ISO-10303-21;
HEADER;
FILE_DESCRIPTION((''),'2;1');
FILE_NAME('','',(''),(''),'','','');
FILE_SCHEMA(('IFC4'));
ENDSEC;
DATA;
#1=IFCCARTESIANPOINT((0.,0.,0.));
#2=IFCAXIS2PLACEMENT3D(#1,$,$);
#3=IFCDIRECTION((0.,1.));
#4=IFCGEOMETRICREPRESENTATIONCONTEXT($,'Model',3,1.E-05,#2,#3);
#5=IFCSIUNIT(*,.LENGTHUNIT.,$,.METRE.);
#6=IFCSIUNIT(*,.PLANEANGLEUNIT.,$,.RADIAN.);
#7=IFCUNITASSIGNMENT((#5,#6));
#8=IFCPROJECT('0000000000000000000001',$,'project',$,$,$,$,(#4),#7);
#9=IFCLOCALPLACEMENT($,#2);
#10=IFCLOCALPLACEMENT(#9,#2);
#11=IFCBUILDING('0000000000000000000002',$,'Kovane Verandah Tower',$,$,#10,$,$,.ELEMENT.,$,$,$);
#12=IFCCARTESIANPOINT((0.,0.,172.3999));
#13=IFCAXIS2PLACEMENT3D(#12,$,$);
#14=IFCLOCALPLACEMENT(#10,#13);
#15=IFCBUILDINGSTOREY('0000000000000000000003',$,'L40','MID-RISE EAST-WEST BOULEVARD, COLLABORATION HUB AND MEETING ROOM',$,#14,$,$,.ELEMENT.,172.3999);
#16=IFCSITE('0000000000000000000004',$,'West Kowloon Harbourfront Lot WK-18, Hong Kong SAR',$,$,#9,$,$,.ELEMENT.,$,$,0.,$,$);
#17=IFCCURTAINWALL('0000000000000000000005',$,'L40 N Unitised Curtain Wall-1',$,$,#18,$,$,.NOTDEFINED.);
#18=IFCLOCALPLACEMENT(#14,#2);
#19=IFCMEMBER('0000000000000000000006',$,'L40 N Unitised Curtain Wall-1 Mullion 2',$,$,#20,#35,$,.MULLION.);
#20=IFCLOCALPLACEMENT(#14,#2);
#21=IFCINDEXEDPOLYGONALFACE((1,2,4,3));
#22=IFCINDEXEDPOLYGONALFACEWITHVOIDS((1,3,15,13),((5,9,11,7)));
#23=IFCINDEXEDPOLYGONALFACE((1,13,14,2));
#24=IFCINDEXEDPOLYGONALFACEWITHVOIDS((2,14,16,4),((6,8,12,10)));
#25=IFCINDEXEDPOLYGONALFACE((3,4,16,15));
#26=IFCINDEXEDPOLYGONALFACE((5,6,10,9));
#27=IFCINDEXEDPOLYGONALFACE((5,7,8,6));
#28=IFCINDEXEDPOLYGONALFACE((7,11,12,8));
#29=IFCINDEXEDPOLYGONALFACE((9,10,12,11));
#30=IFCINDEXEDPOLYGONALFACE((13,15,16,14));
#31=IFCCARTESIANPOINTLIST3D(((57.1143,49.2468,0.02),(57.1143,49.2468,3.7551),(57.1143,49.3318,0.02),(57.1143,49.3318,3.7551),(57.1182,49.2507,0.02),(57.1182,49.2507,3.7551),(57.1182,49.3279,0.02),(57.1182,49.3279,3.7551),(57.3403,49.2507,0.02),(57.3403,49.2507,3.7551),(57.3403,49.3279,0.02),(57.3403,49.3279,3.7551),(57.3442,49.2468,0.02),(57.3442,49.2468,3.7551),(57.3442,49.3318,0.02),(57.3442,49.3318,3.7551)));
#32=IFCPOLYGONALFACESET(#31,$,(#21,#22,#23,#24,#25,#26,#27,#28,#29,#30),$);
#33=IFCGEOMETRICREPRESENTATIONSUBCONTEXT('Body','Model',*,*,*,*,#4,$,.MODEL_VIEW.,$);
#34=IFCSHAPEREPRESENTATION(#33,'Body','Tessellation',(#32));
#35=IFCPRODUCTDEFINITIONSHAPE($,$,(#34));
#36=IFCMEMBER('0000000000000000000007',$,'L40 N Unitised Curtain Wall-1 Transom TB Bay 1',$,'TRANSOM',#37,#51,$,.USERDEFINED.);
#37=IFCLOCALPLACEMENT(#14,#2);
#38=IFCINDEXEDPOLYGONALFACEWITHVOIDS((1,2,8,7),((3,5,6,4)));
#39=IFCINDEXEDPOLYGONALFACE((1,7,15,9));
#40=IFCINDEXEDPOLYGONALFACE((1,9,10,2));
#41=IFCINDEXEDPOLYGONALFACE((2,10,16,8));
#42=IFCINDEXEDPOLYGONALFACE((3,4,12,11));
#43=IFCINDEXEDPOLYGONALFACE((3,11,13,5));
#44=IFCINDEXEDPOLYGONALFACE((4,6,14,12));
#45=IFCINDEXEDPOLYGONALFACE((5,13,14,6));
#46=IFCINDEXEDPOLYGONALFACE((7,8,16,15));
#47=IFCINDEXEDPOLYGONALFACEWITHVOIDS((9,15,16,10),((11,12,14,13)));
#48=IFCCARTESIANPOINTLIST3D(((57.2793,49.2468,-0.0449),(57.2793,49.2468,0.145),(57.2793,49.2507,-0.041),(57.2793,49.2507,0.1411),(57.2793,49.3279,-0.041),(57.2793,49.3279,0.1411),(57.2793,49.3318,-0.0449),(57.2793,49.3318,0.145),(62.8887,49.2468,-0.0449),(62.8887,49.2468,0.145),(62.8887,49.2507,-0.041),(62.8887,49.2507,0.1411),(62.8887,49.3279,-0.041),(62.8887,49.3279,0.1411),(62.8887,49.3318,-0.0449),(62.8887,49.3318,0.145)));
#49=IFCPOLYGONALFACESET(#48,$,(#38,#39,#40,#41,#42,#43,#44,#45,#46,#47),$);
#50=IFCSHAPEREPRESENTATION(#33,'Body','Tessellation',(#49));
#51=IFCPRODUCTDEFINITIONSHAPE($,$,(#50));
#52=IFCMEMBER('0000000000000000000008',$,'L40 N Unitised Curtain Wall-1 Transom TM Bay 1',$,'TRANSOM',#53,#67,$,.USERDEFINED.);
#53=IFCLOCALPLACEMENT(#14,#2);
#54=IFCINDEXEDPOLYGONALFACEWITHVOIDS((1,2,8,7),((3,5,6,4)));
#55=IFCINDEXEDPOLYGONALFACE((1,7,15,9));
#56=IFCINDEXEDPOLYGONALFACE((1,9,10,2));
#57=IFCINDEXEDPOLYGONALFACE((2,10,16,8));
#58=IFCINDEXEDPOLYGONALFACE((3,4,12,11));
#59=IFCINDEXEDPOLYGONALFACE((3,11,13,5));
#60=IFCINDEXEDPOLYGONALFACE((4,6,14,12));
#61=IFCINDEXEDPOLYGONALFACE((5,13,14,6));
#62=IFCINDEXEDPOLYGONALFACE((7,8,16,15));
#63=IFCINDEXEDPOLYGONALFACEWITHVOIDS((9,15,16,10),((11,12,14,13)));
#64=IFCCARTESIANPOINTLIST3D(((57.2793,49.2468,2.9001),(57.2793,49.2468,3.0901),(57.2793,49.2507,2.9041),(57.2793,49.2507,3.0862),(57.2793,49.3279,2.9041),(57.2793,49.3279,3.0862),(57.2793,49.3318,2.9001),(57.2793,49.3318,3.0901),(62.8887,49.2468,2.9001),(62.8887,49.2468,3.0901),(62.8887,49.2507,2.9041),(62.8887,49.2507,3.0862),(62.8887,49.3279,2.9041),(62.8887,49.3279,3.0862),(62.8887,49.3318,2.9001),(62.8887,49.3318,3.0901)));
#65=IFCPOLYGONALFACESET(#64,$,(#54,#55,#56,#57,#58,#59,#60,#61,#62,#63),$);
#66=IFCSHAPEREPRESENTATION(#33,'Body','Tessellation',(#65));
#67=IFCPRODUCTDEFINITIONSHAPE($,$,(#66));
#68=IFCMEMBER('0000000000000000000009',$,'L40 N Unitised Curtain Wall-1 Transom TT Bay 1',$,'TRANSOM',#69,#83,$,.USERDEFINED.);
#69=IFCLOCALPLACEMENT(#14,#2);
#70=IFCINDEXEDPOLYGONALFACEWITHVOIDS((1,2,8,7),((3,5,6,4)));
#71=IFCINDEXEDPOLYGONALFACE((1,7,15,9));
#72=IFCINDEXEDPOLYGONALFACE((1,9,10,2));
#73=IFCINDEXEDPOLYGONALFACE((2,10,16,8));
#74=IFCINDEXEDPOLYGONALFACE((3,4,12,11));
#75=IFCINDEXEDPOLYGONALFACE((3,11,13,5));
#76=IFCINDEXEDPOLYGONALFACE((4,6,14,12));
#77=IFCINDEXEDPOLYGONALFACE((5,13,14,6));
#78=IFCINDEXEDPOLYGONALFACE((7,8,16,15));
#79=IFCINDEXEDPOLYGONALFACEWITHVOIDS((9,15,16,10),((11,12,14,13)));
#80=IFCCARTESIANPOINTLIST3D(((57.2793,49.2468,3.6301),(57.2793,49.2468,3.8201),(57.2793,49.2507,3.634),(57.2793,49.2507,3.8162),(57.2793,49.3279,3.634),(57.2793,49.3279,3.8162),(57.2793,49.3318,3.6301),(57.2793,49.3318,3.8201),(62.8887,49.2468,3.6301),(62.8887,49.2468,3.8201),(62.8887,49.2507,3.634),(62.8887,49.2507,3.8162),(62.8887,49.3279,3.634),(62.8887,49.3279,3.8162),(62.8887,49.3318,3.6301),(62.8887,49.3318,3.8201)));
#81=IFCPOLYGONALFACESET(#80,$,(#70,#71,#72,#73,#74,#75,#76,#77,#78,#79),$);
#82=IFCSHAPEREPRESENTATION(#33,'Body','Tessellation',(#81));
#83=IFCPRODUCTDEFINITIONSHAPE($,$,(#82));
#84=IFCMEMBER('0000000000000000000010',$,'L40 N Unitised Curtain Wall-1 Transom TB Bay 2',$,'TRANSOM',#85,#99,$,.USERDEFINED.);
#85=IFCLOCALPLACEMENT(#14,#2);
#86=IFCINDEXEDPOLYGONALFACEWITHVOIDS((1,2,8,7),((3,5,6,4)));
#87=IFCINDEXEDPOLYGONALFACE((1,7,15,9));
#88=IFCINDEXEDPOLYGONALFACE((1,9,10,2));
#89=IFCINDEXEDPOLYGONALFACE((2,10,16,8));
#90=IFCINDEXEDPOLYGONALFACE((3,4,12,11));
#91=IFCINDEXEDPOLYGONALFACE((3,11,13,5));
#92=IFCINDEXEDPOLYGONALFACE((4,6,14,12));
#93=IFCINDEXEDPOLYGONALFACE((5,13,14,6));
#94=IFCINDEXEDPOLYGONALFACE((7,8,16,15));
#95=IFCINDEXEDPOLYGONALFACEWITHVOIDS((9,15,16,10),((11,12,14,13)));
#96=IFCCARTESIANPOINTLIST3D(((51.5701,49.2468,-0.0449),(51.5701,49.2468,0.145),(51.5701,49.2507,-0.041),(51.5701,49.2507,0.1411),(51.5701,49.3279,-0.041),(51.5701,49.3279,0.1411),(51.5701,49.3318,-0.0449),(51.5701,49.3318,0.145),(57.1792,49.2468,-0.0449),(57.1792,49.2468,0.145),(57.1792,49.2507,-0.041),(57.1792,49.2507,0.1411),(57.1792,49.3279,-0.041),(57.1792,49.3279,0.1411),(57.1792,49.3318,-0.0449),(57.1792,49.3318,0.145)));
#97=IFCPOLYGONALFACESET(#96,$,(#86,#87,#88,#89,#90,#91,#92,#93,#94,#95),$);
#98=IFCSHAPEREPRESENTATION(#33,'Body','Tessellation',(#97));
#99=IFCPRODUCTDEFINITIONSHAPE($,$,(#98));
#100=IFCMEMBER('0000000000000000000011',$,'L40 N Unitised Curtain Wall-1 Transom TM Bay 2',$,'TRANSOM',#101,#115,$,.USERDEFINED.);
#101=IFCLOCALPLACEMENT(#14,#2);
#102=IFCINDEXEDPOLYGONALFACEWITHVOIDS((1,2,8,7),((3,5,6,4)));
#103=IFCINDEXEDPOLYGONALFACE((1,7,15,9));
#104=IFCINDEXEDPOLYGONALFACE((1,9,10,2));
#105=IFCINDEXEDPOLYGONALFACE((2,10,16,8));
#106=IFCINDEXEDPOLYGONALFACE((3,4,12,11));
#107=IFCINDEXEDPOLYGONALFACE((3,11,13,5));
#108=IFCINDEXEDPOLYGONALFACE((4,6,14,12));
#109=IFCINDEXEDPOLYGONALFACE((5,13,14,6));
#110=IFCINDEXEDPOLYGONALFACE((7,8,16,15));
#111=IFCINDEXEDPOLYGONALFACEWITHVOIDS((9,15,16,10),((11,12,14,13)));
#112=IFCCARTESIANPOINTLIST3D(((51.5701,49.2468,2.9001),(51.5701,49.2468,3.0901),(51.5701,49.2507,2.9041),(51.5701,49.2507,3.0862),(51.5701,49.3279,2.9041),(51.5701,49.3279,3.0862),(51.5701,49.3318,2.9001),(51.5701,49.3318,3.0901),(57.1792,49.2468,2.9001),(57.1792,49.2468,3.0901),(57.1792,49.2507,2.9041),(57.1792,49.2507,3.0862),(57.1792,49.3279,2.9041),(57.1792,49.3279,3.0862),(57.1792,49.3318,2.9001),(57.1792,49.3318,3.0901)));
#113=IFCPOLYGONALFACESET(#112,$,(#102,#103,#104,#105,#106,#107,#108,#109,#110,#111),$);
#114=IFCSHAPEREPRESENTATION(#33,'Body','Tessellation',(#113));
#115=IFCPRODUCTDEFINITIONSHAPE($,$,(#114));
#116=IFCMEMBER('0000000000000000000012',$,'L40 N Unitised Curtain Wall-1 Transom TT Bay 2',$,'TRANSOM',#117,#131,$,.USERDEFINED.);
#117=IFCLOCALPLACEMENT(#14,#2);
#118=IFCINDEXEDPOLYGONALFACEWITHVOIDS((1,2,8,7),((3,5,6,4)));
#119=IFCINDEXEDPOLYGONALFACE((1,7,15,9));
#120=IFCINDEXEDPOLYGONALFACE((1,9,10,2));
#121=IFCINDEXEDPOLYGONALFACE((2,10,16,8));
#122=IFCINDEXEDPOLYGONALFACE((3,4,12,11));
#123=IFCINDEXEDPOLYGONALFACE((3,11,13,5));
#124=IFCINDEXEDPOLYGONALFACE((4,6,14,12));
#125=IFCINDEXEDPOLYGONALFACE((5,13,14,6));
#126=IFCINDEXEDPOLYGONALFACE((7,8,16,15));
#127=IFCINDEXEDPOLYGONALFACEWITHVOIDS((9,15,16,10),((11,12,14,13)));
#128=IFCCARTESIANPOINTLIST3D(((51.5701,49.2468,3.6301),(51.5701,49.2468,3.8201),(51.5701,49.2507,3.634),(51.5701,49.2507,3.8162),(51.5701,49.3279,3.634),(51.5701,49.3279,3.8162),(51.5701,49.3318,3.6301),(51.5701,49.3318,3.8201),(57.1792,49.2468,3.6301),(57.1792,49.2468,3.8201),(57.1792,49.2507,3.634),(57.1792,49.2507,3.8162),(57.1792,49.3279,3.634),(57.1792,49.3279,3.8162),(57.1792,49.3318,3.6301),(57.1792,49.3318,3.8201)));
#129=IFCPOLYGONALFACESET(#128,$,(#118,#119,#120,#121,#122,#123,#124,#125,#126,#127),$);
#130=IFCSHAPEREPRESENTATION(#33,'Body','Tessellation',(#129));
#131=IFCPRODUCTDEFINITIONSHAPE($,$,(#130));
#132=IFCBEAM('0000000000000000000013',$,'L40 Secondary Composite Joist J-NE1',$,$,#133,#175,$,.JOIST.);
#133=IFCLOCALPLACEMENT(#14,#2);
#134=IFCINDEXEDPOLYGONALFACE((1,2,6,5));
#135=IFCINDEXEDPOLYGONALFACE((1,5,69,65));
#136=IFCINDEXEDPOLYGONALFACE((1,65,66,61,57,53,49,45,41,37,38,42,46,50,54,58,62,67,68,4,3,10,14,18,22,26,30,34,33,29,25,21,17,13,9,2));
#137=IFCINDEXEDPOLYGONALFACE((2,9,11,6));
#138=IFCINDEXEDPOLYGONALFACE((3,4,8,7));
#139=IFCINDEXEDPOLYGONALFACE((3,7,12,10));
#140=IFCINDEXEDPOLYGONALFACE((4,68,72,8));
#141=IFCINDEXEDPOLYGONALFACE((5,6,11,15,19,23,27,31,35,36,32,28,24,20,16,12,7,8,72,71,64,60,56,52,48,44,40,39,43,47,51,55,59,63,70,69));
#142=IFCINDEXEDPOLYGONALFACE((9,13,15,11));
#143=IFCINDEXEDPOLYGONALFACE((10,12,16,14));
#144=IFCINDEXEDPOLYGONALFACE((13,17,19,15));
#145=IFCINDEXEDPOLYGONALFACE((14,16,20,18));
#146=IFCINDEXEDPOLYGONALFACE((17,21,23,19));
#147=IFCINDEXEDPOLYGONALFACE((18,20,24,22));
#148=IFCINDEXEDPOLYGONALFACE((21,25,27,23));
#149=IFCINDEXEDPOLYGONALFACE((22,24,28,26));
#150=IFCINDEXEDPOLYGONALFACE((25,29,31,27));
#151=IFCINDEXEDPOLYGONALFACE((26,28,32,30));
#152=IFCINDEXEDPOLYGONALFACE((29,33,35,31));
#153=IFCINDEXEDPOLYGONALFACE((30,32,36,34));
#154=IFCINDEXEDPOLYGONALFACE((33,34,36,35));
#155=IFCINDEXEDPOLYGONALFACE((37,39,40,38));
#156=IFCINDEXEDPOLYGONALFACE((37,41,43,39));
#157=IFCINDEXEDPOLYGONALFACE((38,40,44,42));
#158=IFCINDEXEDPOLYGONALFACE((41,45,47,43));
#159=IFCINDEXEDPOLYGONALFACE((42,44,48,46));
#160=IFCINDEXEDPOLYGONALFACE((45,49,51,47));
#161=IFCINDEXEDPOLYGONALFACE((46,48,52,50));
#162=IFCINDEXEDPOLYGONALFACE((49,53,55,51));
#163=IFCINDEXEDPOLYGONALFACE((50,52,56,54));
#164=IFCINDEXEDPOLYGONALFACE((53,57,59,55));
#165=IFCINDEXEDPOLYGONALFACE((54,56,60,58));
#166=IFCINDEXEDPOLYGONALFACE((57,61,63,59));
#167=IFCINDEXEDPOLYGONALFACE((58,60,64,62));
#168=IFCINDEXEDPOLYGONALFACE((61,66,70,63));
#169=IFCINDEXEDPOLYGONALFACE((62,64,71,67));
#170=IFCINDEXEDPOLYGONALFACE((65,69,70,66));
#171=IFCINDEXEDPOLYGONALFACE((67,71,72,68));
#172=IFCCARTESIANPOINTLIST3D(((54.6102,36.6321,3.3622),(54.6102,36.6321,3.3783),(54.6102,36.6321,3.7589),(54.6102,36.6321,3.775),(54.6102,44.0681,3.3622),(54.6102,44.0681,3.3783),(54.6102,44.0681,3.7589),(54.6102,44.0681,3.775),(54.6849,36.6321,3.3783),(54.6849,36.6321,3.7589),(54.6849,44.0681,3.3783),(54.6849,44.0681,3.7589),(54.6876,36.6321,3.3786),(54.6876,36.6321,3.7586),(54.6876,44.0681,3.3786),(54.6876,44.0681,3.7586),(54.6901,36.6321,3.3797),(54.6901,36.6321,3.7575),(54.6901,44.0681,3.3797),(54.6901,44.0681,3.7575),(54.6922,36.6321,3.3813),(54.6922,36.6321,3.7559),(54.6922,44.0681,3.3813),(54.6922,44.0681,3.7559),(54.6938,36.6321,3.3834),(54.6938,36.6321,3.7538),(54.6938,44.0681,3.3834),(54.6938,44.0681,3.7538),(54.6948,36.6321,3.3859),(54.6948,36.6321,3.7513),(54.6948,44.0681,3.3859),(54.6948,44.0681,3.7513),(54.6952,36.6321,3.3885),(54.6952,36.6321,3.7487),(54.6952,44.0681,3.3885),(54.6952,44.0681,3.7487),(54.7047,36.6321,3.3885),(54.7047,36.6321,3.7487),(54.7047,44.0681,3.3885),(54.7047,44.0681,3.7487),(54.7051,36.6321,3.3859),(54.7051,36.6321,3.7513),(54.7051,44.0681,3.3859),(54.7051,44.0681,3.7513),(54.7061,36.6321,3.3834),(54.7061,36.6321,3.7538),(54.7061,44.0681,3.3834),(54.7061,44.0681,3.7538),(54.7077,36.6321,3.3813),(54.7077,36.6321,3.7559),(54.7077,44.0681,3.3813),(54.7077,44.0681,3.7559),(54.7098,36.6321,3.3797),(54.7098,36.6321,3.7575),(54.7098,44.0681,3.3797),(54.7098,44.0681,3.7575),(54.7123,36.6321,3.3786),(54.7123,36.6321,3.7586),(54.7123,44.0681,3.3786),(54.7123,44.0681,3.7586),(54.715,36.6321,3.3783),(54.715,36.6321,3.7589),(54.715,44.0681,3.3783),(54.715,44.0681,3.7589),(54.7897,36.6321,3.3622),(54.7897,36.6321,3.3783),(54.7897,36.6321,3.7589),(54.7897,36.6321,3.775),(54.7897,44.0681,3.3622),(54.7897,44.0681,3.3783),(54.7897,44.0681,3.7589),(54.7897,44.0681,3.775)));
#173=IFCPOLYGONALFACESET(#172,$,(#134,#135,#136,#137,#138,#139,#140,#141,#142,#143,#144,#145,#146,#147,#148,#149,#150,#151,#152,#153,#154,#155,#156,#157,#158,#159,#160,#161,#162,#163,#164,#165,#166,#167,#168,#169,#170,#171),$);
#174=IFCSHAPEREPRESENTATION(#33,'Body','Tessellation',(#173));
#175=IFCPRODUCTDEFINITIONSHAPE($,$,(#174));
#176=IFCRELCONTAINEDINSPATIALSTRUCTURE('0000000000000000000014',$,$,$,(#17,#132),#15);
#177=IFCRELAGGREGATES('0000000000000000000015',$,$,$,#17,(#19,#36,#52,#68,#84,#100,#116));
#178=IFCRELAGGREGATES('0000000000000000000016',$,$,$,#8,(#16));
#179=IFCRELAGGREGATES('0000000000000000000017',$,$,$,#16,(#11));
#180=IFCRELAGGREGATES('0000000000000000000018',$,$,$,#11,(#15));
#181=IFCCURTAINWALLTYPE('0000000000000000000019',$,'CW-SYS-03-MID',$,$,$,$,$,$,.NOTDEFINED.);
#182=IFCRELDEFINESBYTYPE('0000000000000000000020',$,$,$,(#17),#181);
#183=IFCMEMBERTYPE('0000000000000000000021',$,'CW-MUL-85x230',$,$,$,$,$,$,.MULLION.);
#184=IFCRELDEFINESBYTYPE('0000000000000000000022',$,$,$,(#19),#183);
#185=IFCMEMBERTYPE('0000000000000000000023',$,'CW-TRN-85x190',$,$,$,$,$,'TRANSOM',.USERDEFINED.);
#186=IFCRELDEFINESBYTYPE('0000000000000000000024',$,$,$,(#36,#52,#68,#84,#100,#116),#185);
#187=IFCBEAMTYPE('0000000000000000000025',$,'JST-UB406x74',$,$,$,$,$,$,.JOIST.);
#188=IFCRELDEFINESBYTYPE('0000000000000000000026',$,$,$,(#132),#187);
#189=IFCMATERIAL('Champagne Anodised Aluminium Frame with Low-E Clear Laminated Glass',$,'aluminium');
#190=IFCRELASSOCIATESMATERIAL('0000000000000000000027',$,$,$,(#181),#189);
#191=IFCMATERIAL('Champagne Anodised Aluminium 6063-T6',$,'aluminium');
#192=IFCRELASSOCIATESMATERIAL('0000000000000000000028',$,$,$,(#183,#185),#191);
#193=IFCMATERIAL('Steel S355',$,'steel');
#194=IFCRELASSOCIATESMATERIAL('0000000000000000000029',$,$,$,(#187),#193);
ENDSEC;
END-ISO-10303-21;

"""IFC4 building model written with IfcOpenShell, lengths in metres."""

from ifc_helpers import new_model, si_unit, direction, frame, origin, origin_2d, place, context, subcontext, project, spatial, hollow_rectangle, i_section, extrude, material, material_profile, profile_set, type_object, element, aggregate, save


model = new_model("IFC4")

# Units and contexts
model_context = context("Model", 3, precision=1e-05, world=origin(), true_north=direction((0.0, 1.0)))
body_context = subcontext(model_context, "Body", "Model", "MODEL_VIEW")
ifc_project = project(units=[si_unit("LENGTHUNIT", "METRE"), si_unit("PLANEANGLEUNIT", "RADIAN")], contexts=[model_context])

# Site, building, storey
site_placement = place(None, origin())
site = spatial("IfcSite", under=ifc_project, at=site_placement, Name="West Kowloon Harbourfront Lot WK-18, Hong Kong SAR", CompositionType="ELEMENT", RefElevation=0.0)
building_placement = place(site_placement, origin())
building = spatial("IfcBuilding", under=site, at=building_placement, Name="Kovane Verandah Tower", CompositionType="ELEMENT")
storey_placement = place(building_placement, frame((0.0, 0.0, 172.3999)))
storey = spatial("IfcBuildingStorey", under=building, at=storey_placement, Name="L40", Description="MID-RISE EAST-WEST BOULEVARD, COLLABORATION HUB AND MEETING ROOM", CompositionType="ELEMENT", Elevation=172.3999)

# Shared definitions
ifc_material_1 = material(Name="Steel S355", Category="steel")

# Curtain wall, members
ifc_material_2 = material(Name="Champagne Anodised Aluminium Frame with Low-E Clear Laminated Glass", Category="aluminium")
curtain_wall_type = type_object("IfcCurtainWallType", Name="CW-SYS-03-MID", PredefinedType="NOTDEFINED", material=ifc_material_2)
curtain_wall_placement = place(storey_placement, origin())
curtain_wall = element("IfcCurtainWall", 1, at=curtain_wall_placement, inside=storey, type_object=curtain_wall_type, Name="L40 N Unitised Curtain Wall-1", PredefinedType="NOTDEFINED")
ifc_material_3 = material(Name="Champagne Anodised Aluminium 6063-T6", Category="aluminium")
ifc_material_profile_1 = material_profile(ifc_material_3, hollow_rectangle(XDim=0.085, YDim=0.23, WallThickness=0.0039, at=origin_2d()), Name="AL85x230x4")
ifc_profile_set_1 = profile_set([ifc_material_profile_1], Name="Champagne Anodised Aluminium 6063-T6")
member_type_1 = type_object("IfcMemberType", Name="CW-MUL-85x230", PredefinedType="MULLION", material=ifc_profile_set_1)
member_1_placement = place(storey_placement, frame((57.2292, 49.2893, 0.02), z_axis=(0.0, 0.0, 1.0), x_axis=(0.0, 1.0, 0.0)))
member_1 = element("IfcMember", 2, at=member_1_placement, type_object=member_type_1, Name="L40 N Unitised Curtain Wall-1 Mullion 2", PredefinedType="MULLION", context=body_context, shape_type="SweptSolid", body=[
    extrude(hollow_rectangle(XDim=0.085, YDim=0.23, WallThickness=0.0039, at=origin_2d()), origin(), (0.0, 0.0, 1.0), 3.7351),
])
ifc_material_profile_2 = material_profile(ifc_material_3, hollow_rectangle(XDim=0.085, YDim=0.1899, WallThickness=0.0039, at=origin_2d()), Name="AL85x190x4")
ifc_profile_set_2 = profile_set([ifc_material_profile_2], Name="Champagne Anodised Aluminium 6063-T6")
member_type_2 = type_object("IfcMemberType", Name="CW-TRN-85x190", ElementType="TRANSOM", PredefinedType="USERDEFINED", material=ifc_profile_set_2)
member_2_placement = place(storey_placement, frame((62.8887, 49.2893, 0.05), z_axis=(-1.0, 0.0, 0.0), x_axis=(0.0, -1.0, 0.0)))
member_2 = element("IfcMember", 3, at=member_2_placement, type_object=member_type_2, Name="L40 N Unitised Curtain Wall-1 Transom TB Bay 1", ObjectType="TRANSOM", PredefinedType="USERDEFINED", context=body_context, shape_type="SweptSolid", body=[
    extrude(hollow_rectangle(XDim=0.085, YDim=0.1899, WallThickness=0.0039, at=origin_2d()), origin(), (0.0, 0.0, 1.0), 5.6094),
])
member_3_placement = place(storey_placement, frame((62.8887, 49.2893, 2.9951), z_axis=(-1.0, 0.0, 0.0), x_axis=(0.0, -1.0, 0.0)))
member_3 = element("IfcMember", 4, at=member_3_placement, type_object=member_type_2, Name="L40 N Unitised Curtain Wall-1 Transom TM Bay 1", ObjectType="TRANSOM", PredefinedType="USERDEFINED", context=body_context, shape_type="SweptSolid", body=[
    extrude(hollow_rectangle(XDim=0.085, YDim=0.1899, WallThickness=0.0039, at=origin_2d()), origin(), (0.0, 0.0, 1.0), 5.6094),
])
member_4_placement = place(storey_placement, frame((62.8887, 49.2893, 3.7251), z_axis=(-1.0, 0.0, 0.0), x_axis=(0.0, -1.0, 0.0)))
member_4 = element("IfcMember", 5, at=member_4_placement, type_object=member_type_2, Name="L40 N Unitised Curtain Wall-1 Transom TT Bay 1", ObjectType="TRANSOM", PredefinedType="USERDEFINED", context=body_context, shape_type="SweptSolid", body=[
    extrude(hollow_rectangle(XDim=0.085, YDim=0.1899, WallThickness=0.0039, at=origin_2d()), origin(), (0.0, 0.0, 1.0), 5.6094),
])
member_5_placement = place(storey_placement, frame((57.1792, 49.2893, 0.05), z_axis=(-1.0, 0.0, 0.0), x_axis=(0.0, -1.0, 0.0)))
member_5 = element("IfcMember", 6, at=member_5_placement, type_object=member_type_2, Name="L40 N Unitised Curtain Wall-1 Transom TB Bay 2", ObjectType="TRANSOM", PredefinedType="USERDEFINED", context=body_context, shape_type="SweptSolid", body=[
    extrude(hollow_rectangle(XDim=0.085, YDim=0.1899, WallThickness=0.0039, at=origin_2d()), origin(), (0.0, 0.0, 1.0), 5.6091),
])
member_6_placement = place(storey_placement, frame((57.1792, 49.2893, 2.9951), z_axis=(-1.0, 0.0, 0.0), x_axis=(0.0, -1.0, 0.0)))
member_6 = element("IfcMember", 7, at=member_6_placement, type_object=member_type_2, Name="L40 N Unitised Curtain Wall-1 Transom TM Bay 2", ObjectType="TRANSOM", PredefinedType="USERDEFINED", context=body_context, shape_type="SweptSolid", body=[
    extrude(hollow_rectangle(XDim=0.085, YDim=0.1899, WallThickness=0.0039, at=origin_2d()), origin(), (0.0, 0.0, 1.0), 5.6091),
])
member_7_placement = place(storey_placement, frame((57.1792, 49.2893, 3.7251), z_axis=(-1.0, 0.0, 0.0), x_axis=(0.0, -1.0, 0.0)))
member_7 = element("IfcMember", 8, at=member_7_placement, type_object=member_type_2, Name="L40 N Unitised Curtain Wall-1 Transom TT Bay 2", ObjectType="TRANSOM", PredefinedType="USERDEFINED", context=body_context, shape_type="SweptSolid", body=[
    extrude(hollow_rectangle(XDim=0.085, YDim=0.1899, WallThickness=0.0039, at=origin_2d()), origin(), (0.0, 0.0, 1.0), 5.6091),
])

# Beam
ifc_material_profile_3 = material_profile(ifc_material_1, i_section(OverallWidth=0.1794, OverallDepth=0.4128, WebThickness=0.0095, FlangeThickness=0.0161, FilletRadius=0.0103, at=origin_2d()), Name="UB406x178x74")
ifc_profile_set_3 = profile_set([ifc_material_profile_3], Name="Steel S355")
beam_type_1 = type_object("IfcBeamType", Name="JST-UB406x74", PredefinedType="JOIST", material=ifc_profile_set_3)
beam_1_placement = place(storey_placement, frame((54.7, 36.6321, 3.5686), z_axis=(0.0, 1.0, 0.0), x_axis=(-1.0, 0.0, 0.0)))
element("IfcBeam", 9, at=beam_1_placement, inside=storey, type_object=beam_type_1, Name="L40 Secondary Composite Joist J-NE1", PredefinedType="JOIST", context=body_context, shape_type="SweptSolid", body=[
    extrude(i_section(OverallWidth=0.1794, OverallDepth=0.4128, WebThickness=0.0095, FlangeThickness=0.0161, FilletRadius=0.0103, at=origin_2d()), origin(), (0.0, 0.0, 1.0), 7.436),
])

aggregate(curtain_wall, [member_1, member_2, member_3, member_4, member_5, member_6, member_7])

save(model, "model.ifc")
